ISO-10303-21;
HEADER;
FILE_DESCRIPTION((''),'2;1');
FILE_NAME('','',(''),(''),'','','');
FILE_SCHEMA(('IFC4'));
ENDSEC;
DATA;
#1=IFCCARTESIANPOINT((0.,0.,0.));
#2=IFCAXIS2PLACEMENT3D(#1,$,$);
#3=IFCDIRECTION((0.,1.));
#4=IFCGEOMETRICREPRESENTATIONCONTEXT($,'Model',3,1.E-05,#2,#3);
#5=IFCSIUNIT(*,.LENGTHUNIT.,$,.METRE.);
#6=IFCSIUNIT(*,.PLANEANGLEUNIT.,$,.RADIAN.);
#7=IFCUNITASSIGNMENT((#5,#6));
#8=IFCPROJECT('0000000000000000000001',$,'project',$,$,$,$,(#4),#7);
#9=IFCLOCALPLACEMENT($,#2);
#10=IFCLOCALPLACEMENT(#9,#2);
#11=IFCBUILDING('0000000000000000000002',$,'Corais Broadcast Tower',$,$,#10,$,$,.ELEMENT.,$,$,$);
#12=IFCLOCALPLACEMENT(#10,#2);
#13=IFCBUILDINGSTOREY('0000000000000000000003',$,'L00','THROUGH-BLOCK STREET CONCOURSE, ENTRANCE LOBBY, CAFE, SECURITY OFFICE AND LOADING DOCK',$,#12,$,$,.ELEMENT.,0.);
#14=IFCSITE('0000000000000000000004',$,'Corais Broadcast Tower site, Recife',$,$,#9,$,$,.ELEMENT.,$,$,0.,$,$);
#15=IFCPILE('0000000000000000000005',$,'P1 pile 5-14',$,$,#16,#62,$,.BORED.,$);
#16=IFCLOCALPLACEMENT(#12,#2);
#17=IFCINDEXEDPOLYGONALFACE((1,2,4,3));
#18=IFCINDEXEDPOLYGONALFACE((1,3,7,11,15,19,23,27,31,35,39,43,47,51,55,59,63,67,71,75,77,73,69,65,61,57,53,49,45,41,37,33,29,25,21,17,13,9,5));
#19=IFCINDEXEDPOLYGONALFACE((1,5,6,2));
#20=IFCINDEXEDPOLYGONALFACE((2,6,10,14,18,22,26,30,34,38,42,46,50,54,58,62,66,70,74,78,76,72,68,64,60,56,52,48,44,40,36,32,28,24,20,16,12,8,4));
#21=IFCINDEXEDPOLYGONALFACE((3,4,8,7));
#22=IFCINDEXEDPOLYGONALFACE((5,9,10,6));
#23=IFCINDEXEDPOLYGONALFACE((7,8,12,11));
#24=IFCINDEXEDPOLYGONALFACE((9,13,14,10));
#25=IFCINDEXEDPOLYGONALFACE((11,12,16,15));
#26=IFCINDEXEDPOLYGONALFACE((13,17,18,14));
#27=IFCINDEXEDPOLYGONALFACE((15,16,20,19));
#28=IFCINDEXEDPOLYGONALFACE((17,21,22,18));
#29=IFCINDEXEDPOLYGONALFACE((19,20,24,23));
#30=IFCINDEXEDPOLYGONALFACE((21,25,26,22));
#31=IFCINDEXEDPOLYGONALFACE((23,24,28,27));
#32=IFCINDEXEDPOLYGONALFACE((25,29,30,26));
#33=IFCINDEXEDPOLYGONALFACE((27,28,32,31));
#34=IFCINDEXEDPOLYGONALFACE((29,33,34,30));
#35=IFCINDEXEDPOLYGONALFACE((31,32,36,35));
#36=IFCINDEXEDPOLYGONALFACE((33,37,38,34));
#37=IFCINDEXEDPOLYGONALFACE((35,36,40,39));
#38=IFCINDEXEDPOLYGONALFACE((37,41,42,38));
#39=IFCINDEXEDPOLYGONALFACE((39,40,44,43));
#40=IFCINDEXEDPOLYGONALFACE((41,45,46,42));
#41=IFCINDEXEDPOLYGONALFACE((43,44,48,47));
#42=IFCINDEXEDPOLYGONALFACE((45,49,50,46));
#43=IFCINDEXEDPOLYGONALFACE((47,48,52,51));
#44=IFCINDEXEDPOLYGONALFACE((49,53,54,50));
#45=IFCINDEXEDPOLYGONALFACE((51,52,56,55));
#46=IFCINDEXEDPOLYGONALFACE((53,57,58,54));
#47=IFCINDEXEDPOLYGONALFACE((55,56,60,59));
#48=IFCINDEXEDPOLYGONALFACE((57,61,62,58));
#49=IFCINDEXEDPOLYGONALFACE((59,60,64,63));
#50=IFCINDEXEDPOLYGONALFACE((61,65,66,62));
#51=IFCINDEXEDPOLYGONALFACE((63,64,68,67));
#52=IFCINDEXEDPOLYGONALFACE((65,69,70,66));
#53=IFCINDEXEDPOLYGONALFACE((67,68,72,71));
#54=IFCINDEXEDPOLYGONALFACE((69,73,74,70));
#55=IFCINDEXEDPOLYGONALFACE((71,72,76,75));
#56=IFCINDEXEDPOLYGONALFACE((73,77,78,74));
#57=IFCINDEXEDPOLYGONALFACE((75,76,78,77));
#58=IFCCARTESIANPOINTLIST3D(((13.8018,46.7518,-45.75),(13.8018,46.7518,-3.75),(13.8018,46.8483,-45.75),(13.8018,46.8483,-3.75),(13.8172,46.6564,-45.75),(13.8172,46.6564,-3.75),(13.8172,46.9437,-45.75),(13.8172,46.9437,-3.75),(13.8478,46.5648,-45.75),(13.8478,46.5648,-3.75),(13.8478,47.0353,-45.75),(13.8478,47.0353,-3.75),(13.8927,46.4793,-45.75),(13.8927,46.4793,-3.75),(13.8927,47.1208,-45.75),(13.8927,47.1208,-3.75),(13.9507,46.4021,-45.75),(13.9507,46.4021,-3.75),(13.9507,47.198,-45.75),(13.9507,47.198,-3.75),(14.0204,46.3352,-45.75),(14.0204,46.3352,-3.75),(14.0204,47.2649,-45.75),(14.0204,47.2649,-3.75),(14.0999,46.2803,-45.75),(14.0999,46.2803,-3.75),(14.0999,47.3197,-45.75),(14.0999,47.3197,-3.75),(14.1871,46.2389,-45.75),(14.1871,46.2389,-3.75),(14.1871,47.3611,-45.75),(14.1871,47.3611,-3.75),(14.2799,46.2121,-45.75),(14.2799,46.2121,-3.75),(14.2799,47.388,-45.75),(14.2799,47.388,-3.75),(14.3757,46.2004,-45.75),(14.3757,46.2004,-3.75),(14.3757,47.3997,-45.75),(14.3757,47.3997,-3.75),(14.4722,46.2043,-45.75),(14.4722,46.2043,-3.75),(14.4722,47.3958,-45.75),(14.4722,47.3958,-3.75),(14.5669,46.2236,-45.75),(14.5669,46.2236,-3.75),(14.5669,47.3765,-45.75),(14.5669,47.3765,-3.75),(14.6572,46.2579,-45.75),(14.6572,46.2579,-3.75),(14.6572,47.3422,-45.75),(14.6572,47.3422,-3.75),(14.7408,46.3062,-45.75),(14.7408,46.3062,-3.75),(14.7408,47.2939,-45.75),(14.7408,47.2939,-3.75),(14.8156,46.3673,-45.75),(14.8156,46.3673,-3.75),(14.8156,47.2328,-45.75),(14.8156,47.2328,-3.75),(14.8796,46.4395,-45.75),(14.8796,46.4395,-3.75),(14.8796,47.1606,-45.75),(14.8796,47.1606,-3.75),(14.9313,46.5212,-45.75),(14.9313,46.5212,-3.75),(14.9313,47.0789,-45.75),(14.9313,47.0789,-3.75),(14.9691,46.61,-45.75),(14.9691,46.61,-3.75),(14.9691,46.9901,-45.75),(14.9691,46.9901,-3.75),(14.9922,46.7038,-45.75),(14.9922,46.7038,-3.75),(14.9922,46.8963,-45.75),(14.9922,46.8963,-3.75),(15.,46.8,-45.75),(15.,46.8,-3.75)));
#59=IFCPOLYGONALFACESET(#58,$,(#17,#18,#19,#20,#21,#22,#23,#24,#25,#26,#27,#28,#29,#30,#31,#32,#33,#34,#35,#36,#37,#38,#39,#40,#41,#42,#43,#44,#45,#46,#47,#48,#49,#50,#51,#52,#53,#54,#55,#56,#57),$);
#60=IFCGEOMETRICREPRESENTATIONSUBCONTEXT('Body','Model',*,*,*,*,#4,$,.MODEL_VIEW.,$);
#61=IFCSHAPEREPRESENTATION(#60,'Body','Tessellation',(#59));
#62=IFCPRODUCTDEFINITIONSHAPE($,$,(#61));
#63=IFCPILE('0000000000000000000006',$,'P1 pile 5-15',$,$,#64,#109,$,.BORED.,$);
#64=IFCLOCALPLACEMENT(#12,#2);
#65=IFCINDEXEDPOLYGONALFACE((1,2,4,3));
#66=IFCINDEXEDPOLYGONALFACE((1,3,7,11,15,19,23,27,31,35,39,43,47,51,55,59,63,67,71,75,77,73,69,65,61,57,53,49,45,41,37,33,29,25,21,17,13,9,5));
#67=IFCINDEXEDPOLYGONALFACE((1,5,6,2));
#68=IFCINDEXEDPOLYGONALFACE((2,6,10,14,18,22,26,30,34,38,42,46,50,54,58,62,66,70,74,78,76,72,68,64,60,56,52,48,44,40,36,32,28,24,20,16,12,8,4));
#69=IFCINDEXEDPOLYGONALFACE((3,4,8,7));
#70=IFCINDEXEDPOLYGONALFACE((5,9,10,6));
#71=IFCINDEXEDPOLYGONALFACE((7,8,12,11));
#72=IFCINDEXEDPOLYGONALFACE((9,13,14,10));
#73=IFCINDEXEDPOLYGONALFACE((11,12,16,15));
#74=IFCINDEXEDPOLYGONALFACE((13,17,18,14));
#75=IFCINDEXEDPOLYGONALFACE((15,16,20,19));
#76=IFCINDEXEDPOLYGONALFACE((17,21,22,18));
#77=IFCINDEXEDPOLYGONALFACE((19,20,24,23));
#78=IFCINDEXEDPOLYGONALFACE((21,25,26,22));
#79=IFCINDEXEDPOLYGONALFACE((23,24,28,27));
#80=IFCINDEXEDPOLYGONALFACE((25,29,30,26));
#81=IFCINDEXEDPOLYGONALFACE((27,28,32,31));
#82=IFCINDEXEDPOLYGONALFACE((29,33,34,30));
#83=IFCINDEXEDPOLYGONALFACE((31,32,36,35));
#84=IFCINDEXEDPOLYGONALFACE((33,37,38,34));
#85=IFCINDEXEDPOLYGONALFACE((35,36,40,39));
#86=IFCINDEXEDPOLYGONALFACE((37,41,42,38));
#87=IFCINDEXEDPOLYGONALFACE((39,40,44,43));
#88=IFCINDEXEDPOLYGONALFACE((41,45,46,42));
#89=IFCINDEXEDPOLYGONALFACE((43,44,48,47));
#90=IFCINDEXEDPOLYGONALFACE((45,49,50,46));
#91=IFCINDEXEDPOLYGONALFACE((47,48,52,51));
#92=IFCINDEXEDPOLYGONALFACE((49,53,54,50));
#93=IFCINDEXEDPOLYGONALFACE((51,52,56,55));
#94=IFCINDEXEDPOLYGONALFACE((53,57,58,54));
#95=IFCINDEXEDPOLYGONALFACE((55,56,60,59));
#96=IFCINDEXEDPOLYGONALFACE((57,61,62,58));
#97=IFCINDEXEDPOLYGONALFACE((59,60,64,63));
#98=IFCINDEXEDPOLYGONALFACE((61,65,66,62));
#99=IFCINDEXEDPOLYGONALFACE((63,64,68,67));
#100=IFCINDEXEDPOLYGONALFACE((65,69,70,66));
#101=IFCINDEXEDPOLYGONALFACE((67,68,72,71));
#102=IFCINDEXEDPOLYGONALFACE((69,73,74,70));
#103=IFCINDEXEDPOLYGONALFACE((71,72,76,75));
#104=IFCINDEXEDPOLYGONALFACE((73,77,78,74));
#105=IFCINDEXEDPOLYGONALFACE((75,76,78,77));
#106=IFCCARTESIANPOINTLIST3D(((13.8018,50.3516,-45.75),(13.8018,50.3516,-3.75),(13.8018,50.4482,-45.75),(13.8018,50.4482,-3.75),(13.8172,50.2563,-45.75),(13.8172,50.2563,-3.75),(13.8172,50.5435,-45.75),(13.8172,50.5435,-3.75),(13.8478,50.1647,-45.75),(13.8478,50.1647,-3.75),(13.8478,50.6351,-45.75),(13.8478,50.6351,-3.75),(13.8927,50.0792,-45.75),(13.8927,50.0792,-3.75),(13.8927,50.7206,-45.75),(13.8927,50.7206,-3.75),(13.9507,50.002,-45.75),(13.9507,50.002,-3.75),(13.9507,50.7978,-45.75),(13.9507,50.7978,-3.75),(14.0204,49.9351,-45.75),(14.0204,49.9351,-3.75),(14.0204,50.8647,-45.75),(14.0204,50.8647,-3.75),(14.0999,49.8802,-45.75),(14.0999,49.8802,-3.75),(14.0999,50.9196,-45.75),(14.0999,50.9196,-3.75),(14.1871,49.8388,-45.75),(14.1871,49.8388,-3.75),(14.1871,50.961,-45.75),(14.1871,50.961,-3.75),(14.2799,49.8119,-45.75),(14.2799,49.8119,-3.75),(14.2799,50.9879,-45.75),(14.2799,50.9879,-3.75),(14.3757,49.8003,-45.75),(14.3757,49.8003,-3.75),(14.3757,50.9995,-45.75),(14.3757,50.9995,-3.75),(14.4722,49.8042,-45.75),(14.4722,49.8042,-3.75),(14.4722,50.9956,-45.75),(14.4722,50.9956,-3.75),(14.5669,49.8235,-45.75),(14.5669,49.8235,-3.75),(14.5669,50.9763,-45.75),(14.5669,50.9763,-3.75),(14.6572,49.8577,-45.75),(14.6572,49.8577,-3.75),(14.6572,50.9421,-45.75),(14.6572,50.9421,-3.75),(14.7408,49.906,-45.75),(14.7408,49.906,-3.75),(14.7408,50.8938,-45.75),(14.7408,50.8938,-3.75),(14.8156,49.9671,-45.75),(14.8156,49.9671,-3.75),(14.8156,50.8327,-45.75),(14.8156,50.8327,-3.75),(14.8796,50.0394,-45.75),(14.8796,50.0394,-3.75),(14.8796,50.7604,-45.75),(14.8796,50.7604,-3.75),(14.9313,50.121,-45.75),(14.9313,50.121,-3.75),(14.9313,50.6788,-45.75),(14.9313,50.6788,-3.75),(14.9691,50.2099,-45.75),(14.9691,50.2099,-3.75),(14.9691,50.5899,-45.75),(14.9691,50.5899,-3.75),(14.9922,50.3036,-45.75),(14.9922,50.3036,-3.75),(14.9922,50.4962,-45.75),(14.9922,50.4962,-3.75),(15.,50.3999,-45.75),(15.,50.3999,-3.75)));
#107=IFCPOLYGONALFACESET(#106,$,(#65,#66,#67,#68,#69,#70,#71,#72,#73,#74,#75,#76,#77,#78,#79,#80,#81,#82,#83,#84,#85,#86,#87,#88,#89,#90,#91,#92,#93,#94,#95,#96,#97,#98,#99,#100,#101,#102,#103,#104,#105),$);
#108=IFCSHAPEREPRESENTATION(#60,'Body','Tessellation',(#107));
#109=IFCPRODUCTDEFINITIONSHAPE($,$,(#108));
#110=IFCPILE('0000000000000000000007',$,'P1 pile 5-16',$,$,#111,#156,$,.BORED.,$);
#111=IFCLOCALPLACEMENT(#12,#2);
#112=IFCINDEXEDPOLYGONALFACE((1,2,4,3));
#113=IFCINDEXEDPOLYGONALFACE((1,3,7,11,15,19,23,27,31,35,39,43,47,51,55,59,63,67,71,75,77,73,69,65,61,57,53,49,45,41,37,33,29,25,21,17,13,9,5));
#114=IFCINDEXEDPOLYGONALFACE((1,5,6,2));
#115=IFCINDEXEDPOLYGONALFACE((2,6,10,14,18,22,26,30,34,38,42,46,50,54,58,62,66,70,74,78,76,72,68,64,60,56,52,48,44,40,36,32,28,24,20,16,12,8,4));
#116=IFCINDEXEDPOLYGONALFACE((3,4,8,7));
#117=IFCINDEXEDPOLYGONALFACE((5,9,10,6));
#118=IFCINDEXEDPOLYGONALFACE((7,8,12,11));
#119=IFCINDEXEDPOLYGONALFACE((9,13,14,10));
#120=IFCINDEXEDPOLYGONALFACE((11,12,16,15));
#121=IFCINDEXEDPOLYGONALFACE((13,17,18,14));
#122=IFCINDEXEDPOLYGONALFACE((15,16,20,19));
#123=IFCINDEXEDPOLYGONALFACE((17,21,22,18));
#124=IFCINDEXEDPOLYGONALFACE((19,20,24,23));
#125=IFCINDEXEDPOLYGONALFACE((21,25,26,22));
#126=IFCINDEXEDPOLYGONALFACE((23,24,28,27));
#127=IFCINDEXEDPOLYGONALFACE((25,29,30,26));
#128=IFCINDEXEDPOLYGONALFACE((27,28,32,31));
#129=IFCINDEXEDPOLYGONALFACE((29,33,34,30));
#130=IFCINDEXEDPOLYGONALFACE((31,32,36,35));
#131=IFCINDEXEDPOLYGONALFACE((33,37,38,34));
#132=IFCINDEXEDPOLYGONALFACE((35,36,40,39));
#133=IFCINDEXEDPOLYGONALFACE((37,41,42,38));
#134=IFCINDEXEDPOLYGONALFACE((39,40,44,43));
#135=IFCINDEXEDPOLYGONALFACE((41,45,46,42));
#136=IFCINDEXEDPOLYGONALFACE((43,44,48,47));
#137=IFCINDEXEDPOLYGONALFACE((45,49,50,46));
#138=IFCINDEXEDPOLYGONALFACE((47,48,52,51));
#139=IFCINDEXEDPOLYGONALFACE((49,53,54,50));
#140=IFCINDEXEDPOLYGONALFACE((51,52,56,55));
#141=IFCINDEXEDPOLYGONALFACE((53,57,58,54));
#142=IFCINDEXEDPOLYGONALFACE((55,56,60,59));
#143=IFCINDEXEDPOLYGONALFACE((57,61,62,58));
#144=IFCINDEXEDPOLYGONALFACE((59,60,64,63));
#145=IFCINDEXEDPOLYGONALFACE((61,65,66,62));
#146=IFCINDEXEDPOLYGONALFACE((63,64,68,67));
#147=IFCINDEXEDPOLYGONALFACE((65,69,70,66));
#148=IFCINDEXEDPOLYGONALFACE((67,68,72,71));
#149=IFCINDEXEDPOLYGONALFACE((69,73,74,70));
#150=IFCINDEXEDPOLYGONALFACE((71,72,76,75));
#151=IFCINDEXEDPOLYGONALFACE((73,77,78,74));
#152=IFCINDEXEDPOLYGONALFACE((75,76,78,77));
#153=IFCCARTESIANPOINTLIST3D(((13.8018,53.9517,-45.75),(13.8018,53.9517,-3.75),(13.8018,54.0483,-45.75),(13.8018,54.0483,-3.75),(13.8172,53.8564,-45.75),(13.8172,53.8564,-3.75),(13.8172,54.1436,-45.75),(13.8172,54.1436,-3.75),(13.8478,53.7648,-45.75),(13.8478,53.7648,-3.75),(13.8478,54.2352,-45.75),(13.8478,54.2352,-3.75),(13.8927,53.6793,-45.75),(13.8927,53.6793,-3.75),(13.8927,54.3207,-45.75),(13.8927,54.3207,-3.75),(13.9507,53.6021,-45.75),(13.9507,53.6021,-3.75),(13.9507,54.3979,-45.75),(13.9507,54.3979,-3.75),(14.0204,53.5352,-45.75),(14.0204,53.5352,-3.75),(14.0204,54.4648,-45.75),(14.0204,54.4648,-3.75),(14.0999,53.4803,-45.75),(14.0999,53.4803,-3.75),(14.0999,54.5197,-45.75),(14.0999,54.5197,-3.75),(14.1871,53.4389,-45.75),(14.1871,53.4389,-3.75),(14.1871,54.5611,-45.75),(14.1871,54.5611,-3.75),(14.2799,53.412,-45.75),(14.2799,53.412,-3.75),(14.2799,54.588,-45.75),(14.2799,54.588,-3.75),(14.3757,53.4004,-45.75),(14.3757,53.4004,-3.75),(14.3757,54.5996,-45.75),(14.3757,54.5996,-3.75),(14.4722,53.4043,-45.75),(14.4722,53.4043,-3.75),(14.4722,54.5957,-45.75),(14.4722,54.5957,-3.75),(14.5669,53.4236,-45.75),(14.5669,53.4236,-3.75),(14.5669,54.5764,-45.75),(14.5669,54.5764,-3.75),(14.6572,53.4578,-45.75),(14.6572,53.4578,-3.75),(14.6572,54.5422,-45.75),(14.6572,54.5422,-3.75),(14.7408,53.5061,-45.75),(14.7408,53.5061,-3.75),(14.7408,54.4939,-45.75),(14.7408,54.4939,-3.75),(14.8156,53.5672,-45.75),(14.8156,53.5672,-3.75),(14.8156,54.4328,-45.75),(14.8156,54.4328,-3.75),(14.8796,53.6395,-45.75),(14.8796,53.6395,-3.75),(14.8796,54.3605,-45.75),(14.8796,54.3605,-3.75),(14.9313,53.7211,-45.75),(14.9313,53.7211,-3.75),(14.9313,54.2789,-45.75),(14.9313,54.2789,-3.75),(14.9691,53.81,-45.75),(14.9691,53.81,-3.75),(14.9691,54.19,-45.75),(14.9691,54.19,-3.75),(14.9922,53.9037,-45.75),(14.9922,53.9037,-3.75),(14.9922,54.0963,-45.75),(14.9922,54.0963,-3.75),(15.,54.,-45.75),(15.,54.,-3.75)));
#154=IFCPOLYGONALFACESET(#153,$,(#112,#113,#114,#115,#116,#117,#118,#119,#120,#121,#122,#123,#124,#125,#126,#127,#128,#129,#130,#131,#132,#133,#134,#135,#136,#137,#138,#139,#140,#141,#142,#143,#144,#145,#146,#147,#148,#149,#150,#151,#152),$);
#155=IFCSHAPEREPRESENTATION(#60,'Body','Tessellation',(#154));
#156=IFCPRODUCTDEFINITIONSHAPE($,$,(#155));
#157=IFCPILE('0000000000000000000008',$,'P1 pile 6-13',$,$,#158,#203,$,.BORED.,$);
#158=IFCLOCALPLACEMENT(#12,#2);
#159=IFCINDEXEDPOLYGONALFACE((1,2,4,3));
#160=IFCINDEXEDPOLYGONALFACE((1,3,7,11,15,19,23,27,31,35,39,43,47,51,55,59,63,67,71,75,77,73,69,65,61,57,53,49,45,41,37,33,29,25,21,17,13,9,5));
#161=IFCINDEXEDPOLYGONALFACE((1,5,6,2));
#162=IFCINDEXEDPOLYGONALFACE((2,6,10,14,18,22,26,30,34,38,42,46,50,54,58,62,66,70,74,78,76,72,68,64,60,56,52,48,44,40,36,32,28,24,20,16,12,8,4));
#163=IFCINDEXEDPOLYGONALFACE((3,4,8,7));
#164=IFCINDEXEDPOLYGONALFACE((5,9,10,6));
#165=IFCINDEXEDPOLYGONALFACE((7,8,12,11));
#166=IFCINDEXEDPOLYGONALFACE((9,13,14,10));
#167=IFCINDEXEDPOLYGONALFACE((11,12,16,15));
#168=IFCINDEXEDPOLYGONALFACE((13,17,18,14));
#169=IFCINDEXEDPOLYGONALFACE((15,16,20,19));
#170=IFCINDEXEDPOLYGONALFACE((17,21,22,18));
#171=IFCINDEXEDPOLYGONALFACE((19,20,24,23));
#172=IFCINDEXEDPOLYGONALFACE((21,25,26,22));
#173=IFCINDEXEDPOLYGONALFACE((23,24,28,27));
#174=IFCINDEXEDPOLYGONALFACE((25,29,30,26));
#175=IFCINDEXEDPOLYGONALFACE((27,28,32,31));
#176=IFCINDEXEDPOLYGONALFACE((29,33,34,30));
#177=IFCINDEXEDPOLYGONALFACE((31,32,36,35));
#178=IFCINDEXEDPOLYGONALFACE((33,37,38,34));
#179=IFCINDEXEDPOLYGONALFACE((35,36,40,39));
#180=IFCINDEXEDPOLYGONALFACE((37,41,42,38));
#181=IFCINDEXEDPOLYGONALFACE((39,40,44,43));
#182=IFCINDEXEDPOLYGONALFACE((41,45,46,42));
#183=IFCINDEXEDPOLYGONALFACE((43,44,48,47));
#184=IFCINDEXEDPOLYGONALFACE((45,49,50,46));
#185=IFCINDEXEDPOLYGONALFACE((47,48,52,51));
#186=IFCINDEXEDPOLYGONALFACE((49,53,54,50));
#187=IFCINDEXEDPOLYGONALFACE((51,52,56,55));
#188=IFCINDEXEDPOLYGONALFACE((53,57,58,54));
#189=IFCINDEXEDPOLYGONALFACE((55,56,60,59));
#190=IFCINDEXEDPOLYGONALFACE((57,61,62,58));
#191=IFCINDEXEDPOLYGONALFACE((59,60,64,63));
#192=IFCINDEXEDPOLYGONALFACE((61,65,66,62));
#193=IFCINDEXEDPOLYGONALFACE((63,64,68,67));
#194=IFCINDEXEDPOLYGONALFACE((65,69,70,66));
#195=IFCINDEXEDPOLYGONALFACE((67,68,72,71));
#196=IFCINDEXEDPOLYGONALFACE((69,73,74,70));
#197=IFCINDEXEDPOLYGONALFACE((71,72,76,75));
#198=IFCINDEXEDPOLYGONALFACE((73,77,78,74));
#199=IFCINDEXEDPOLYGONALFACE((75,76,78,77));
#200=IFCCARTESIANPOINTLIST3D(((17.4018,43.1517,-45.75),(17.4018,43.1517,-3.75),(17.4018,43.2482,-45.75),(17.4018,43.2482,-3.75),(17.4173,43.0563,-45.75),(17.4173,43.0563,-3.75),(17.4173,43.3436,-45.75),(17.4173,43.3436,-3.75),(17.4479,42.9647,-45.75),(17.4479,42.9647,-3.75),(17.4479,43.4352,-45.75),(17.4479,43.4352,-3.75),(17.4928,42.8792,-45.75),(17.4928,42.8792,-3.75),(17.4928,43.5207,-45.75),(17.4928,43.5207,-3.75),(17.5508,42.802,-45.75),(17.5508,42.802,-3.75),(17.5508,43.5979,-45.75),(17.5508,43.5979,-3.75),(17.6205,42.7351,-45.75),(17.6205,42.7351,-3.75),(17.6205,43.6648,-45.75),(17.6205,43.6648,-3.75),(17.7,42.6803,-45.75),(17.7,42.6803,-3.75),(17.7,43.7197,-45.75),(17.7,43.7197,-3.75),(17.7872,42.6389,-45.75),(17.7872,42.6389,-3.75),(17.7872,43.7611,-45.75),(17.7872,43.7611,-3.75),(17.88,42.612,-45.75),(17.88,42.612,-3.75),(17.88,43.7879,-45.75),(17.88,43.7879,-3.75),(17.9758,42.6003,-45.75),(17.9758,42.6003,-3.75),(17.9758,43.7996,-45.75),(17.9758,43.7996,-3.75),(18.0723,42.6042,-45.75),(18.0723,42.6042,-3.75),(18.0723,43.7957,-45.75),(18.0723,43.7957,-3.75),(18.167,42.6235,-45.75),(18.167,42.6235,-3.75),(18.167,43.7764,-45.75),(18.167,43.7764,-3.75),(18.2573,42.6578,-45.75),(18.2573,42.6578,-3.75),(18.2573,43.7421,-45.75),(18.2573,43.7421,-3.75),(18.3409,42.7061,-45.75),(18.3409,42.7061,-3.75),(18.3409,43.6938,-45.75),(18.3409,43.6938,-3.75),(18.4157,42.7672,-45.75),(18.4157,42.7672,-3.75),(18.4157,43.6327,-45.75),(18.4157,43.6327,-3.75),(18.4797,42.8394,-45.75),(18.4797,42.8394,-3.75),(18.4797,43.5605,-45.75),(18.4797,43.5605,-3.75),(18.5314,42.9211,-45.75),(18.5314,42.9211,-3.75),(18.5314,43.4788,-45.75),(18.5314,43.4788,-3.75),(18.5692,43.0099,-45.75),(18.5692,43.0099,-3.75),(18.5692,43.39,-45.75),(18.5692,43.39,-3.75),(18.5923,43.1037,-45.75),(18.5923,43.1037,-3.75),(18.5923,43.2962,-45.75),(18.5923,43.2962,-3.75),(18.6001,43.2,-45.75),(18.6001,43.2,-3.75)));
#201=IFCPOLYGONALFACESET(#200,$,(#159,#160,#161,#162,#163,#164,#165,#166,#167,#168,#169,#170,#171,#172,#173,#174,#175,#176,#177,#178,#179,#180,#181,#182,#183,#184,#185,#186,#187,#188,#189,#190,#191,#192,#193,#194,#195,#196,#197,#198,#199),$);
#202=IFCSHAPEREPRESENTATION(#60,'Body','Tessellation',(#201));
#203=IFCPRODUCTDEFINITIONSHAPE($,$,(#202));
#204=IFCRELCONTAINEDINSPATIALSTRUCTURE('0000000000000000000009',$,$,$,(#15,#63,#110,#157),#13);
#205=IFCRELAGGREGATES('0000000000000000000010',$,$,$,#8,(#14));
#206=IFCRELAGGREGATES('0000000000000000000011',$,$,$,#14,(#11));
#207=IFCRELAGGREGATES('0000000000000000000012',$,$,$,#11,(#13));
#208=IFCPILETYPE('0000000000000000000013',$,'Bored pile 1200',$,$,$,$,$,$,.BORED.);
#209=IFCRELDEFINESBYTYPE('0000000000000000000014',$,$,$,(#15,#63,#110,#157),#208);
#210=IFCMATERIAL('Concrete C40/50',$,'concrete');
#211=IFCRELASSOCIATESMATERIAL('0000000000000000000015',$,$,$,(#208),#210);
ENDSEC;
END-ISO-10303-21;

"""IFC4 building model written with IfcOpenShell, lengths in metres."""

from ifc_helpers import new_model, si_unit, direction, frame, origin, origin_2d, place, context, subcontext, project, spatial, circle, extrude, material, type_object, element, save


model = new_model("IFC4")

# Units and contexts
model_context = context("Model", 3, precision=1e-05, world=origin(), true_north=direction((0.0, 1.0)))
body_context = subcontext(model_context, "Body", "Model", "MODEL_VIEW")
ifc_project = project(units=[si_unit("LENGTHUNIT", "METRE"), si_unit("PLANEANGLEUNIT", "RADIAN")], contexts=[model_context])

# Site, building, storey
site_placement = place(None, origin())
site = spatial("IfcSite", under=ifc_project, at=site_placement, Name="Corais Broadcast Tower site, Recife", CompositionType="ELEMENT", RefElevation=0.0)
building_placement = place(site_placement, origin())
building = spatial("IfcBuilding", under=site, at=building_placement, Name="Corais Broadcast Tower", CompositionType="ELEMENT")
storey_placement = place(building_placement, origin())
storey = spatial("IfcBuildingStorey", under=building, at=storey_placement, Name="L00", Description="THROUGH-BLOCK STREET CONCOURSE, ENTRANCE LOBBY, CAFE, SECURITY OFFICE AND LOADING DOCK", CompositionType="ELEMENT", Elevation=0.0)

# Piles
ifc_material_1 = material(Name="Concrete C40/50", Category="concrete")
pile_type = type_object("IfcPileType", Name="Bored pile 1200", PredefinedType="BORED", material=ifc_material_1)
for number, where, z_axis, x_axis, name in (
    (1, (14.3999, 46.8, -3.75), (0.0, 0.0, -1.0), (1.0, 0.0, 0.0), "P1 pile 5-14"),
    (2, (14.3999, 50.3999, -3.75), (0.0, 0.0, -1.0), (1.0, 0.0, 0.0), "P1 pile 5-15"),
    (3, (14.3999, 54.0, -3.75), (0.0, 0.0, -1.0), (1.0, 0.0, 0.0), "P1 pile 5-16"),
    (4, (18.0, 43.2, -3.75), (0.0, 0.0, -1.0), (1.0, 0.0, 0.0), "P1 pile 6-13"),
):
    element("IfcPile", number, at=place(storey_placement, frame(where, z_axis=z_axis, x_axis=x_axis)), inside=storey, type_object=pile_type, Name=name, PredefinedType="BORED", context=body_context, shape_type="SweptSolid", body=[
        extrude(circle(Radius=0.6001, at=origin_2d()), origin(), (0.0, 0.0, 1.0), 42.0),
    ])

save(model, "model.ifc")
